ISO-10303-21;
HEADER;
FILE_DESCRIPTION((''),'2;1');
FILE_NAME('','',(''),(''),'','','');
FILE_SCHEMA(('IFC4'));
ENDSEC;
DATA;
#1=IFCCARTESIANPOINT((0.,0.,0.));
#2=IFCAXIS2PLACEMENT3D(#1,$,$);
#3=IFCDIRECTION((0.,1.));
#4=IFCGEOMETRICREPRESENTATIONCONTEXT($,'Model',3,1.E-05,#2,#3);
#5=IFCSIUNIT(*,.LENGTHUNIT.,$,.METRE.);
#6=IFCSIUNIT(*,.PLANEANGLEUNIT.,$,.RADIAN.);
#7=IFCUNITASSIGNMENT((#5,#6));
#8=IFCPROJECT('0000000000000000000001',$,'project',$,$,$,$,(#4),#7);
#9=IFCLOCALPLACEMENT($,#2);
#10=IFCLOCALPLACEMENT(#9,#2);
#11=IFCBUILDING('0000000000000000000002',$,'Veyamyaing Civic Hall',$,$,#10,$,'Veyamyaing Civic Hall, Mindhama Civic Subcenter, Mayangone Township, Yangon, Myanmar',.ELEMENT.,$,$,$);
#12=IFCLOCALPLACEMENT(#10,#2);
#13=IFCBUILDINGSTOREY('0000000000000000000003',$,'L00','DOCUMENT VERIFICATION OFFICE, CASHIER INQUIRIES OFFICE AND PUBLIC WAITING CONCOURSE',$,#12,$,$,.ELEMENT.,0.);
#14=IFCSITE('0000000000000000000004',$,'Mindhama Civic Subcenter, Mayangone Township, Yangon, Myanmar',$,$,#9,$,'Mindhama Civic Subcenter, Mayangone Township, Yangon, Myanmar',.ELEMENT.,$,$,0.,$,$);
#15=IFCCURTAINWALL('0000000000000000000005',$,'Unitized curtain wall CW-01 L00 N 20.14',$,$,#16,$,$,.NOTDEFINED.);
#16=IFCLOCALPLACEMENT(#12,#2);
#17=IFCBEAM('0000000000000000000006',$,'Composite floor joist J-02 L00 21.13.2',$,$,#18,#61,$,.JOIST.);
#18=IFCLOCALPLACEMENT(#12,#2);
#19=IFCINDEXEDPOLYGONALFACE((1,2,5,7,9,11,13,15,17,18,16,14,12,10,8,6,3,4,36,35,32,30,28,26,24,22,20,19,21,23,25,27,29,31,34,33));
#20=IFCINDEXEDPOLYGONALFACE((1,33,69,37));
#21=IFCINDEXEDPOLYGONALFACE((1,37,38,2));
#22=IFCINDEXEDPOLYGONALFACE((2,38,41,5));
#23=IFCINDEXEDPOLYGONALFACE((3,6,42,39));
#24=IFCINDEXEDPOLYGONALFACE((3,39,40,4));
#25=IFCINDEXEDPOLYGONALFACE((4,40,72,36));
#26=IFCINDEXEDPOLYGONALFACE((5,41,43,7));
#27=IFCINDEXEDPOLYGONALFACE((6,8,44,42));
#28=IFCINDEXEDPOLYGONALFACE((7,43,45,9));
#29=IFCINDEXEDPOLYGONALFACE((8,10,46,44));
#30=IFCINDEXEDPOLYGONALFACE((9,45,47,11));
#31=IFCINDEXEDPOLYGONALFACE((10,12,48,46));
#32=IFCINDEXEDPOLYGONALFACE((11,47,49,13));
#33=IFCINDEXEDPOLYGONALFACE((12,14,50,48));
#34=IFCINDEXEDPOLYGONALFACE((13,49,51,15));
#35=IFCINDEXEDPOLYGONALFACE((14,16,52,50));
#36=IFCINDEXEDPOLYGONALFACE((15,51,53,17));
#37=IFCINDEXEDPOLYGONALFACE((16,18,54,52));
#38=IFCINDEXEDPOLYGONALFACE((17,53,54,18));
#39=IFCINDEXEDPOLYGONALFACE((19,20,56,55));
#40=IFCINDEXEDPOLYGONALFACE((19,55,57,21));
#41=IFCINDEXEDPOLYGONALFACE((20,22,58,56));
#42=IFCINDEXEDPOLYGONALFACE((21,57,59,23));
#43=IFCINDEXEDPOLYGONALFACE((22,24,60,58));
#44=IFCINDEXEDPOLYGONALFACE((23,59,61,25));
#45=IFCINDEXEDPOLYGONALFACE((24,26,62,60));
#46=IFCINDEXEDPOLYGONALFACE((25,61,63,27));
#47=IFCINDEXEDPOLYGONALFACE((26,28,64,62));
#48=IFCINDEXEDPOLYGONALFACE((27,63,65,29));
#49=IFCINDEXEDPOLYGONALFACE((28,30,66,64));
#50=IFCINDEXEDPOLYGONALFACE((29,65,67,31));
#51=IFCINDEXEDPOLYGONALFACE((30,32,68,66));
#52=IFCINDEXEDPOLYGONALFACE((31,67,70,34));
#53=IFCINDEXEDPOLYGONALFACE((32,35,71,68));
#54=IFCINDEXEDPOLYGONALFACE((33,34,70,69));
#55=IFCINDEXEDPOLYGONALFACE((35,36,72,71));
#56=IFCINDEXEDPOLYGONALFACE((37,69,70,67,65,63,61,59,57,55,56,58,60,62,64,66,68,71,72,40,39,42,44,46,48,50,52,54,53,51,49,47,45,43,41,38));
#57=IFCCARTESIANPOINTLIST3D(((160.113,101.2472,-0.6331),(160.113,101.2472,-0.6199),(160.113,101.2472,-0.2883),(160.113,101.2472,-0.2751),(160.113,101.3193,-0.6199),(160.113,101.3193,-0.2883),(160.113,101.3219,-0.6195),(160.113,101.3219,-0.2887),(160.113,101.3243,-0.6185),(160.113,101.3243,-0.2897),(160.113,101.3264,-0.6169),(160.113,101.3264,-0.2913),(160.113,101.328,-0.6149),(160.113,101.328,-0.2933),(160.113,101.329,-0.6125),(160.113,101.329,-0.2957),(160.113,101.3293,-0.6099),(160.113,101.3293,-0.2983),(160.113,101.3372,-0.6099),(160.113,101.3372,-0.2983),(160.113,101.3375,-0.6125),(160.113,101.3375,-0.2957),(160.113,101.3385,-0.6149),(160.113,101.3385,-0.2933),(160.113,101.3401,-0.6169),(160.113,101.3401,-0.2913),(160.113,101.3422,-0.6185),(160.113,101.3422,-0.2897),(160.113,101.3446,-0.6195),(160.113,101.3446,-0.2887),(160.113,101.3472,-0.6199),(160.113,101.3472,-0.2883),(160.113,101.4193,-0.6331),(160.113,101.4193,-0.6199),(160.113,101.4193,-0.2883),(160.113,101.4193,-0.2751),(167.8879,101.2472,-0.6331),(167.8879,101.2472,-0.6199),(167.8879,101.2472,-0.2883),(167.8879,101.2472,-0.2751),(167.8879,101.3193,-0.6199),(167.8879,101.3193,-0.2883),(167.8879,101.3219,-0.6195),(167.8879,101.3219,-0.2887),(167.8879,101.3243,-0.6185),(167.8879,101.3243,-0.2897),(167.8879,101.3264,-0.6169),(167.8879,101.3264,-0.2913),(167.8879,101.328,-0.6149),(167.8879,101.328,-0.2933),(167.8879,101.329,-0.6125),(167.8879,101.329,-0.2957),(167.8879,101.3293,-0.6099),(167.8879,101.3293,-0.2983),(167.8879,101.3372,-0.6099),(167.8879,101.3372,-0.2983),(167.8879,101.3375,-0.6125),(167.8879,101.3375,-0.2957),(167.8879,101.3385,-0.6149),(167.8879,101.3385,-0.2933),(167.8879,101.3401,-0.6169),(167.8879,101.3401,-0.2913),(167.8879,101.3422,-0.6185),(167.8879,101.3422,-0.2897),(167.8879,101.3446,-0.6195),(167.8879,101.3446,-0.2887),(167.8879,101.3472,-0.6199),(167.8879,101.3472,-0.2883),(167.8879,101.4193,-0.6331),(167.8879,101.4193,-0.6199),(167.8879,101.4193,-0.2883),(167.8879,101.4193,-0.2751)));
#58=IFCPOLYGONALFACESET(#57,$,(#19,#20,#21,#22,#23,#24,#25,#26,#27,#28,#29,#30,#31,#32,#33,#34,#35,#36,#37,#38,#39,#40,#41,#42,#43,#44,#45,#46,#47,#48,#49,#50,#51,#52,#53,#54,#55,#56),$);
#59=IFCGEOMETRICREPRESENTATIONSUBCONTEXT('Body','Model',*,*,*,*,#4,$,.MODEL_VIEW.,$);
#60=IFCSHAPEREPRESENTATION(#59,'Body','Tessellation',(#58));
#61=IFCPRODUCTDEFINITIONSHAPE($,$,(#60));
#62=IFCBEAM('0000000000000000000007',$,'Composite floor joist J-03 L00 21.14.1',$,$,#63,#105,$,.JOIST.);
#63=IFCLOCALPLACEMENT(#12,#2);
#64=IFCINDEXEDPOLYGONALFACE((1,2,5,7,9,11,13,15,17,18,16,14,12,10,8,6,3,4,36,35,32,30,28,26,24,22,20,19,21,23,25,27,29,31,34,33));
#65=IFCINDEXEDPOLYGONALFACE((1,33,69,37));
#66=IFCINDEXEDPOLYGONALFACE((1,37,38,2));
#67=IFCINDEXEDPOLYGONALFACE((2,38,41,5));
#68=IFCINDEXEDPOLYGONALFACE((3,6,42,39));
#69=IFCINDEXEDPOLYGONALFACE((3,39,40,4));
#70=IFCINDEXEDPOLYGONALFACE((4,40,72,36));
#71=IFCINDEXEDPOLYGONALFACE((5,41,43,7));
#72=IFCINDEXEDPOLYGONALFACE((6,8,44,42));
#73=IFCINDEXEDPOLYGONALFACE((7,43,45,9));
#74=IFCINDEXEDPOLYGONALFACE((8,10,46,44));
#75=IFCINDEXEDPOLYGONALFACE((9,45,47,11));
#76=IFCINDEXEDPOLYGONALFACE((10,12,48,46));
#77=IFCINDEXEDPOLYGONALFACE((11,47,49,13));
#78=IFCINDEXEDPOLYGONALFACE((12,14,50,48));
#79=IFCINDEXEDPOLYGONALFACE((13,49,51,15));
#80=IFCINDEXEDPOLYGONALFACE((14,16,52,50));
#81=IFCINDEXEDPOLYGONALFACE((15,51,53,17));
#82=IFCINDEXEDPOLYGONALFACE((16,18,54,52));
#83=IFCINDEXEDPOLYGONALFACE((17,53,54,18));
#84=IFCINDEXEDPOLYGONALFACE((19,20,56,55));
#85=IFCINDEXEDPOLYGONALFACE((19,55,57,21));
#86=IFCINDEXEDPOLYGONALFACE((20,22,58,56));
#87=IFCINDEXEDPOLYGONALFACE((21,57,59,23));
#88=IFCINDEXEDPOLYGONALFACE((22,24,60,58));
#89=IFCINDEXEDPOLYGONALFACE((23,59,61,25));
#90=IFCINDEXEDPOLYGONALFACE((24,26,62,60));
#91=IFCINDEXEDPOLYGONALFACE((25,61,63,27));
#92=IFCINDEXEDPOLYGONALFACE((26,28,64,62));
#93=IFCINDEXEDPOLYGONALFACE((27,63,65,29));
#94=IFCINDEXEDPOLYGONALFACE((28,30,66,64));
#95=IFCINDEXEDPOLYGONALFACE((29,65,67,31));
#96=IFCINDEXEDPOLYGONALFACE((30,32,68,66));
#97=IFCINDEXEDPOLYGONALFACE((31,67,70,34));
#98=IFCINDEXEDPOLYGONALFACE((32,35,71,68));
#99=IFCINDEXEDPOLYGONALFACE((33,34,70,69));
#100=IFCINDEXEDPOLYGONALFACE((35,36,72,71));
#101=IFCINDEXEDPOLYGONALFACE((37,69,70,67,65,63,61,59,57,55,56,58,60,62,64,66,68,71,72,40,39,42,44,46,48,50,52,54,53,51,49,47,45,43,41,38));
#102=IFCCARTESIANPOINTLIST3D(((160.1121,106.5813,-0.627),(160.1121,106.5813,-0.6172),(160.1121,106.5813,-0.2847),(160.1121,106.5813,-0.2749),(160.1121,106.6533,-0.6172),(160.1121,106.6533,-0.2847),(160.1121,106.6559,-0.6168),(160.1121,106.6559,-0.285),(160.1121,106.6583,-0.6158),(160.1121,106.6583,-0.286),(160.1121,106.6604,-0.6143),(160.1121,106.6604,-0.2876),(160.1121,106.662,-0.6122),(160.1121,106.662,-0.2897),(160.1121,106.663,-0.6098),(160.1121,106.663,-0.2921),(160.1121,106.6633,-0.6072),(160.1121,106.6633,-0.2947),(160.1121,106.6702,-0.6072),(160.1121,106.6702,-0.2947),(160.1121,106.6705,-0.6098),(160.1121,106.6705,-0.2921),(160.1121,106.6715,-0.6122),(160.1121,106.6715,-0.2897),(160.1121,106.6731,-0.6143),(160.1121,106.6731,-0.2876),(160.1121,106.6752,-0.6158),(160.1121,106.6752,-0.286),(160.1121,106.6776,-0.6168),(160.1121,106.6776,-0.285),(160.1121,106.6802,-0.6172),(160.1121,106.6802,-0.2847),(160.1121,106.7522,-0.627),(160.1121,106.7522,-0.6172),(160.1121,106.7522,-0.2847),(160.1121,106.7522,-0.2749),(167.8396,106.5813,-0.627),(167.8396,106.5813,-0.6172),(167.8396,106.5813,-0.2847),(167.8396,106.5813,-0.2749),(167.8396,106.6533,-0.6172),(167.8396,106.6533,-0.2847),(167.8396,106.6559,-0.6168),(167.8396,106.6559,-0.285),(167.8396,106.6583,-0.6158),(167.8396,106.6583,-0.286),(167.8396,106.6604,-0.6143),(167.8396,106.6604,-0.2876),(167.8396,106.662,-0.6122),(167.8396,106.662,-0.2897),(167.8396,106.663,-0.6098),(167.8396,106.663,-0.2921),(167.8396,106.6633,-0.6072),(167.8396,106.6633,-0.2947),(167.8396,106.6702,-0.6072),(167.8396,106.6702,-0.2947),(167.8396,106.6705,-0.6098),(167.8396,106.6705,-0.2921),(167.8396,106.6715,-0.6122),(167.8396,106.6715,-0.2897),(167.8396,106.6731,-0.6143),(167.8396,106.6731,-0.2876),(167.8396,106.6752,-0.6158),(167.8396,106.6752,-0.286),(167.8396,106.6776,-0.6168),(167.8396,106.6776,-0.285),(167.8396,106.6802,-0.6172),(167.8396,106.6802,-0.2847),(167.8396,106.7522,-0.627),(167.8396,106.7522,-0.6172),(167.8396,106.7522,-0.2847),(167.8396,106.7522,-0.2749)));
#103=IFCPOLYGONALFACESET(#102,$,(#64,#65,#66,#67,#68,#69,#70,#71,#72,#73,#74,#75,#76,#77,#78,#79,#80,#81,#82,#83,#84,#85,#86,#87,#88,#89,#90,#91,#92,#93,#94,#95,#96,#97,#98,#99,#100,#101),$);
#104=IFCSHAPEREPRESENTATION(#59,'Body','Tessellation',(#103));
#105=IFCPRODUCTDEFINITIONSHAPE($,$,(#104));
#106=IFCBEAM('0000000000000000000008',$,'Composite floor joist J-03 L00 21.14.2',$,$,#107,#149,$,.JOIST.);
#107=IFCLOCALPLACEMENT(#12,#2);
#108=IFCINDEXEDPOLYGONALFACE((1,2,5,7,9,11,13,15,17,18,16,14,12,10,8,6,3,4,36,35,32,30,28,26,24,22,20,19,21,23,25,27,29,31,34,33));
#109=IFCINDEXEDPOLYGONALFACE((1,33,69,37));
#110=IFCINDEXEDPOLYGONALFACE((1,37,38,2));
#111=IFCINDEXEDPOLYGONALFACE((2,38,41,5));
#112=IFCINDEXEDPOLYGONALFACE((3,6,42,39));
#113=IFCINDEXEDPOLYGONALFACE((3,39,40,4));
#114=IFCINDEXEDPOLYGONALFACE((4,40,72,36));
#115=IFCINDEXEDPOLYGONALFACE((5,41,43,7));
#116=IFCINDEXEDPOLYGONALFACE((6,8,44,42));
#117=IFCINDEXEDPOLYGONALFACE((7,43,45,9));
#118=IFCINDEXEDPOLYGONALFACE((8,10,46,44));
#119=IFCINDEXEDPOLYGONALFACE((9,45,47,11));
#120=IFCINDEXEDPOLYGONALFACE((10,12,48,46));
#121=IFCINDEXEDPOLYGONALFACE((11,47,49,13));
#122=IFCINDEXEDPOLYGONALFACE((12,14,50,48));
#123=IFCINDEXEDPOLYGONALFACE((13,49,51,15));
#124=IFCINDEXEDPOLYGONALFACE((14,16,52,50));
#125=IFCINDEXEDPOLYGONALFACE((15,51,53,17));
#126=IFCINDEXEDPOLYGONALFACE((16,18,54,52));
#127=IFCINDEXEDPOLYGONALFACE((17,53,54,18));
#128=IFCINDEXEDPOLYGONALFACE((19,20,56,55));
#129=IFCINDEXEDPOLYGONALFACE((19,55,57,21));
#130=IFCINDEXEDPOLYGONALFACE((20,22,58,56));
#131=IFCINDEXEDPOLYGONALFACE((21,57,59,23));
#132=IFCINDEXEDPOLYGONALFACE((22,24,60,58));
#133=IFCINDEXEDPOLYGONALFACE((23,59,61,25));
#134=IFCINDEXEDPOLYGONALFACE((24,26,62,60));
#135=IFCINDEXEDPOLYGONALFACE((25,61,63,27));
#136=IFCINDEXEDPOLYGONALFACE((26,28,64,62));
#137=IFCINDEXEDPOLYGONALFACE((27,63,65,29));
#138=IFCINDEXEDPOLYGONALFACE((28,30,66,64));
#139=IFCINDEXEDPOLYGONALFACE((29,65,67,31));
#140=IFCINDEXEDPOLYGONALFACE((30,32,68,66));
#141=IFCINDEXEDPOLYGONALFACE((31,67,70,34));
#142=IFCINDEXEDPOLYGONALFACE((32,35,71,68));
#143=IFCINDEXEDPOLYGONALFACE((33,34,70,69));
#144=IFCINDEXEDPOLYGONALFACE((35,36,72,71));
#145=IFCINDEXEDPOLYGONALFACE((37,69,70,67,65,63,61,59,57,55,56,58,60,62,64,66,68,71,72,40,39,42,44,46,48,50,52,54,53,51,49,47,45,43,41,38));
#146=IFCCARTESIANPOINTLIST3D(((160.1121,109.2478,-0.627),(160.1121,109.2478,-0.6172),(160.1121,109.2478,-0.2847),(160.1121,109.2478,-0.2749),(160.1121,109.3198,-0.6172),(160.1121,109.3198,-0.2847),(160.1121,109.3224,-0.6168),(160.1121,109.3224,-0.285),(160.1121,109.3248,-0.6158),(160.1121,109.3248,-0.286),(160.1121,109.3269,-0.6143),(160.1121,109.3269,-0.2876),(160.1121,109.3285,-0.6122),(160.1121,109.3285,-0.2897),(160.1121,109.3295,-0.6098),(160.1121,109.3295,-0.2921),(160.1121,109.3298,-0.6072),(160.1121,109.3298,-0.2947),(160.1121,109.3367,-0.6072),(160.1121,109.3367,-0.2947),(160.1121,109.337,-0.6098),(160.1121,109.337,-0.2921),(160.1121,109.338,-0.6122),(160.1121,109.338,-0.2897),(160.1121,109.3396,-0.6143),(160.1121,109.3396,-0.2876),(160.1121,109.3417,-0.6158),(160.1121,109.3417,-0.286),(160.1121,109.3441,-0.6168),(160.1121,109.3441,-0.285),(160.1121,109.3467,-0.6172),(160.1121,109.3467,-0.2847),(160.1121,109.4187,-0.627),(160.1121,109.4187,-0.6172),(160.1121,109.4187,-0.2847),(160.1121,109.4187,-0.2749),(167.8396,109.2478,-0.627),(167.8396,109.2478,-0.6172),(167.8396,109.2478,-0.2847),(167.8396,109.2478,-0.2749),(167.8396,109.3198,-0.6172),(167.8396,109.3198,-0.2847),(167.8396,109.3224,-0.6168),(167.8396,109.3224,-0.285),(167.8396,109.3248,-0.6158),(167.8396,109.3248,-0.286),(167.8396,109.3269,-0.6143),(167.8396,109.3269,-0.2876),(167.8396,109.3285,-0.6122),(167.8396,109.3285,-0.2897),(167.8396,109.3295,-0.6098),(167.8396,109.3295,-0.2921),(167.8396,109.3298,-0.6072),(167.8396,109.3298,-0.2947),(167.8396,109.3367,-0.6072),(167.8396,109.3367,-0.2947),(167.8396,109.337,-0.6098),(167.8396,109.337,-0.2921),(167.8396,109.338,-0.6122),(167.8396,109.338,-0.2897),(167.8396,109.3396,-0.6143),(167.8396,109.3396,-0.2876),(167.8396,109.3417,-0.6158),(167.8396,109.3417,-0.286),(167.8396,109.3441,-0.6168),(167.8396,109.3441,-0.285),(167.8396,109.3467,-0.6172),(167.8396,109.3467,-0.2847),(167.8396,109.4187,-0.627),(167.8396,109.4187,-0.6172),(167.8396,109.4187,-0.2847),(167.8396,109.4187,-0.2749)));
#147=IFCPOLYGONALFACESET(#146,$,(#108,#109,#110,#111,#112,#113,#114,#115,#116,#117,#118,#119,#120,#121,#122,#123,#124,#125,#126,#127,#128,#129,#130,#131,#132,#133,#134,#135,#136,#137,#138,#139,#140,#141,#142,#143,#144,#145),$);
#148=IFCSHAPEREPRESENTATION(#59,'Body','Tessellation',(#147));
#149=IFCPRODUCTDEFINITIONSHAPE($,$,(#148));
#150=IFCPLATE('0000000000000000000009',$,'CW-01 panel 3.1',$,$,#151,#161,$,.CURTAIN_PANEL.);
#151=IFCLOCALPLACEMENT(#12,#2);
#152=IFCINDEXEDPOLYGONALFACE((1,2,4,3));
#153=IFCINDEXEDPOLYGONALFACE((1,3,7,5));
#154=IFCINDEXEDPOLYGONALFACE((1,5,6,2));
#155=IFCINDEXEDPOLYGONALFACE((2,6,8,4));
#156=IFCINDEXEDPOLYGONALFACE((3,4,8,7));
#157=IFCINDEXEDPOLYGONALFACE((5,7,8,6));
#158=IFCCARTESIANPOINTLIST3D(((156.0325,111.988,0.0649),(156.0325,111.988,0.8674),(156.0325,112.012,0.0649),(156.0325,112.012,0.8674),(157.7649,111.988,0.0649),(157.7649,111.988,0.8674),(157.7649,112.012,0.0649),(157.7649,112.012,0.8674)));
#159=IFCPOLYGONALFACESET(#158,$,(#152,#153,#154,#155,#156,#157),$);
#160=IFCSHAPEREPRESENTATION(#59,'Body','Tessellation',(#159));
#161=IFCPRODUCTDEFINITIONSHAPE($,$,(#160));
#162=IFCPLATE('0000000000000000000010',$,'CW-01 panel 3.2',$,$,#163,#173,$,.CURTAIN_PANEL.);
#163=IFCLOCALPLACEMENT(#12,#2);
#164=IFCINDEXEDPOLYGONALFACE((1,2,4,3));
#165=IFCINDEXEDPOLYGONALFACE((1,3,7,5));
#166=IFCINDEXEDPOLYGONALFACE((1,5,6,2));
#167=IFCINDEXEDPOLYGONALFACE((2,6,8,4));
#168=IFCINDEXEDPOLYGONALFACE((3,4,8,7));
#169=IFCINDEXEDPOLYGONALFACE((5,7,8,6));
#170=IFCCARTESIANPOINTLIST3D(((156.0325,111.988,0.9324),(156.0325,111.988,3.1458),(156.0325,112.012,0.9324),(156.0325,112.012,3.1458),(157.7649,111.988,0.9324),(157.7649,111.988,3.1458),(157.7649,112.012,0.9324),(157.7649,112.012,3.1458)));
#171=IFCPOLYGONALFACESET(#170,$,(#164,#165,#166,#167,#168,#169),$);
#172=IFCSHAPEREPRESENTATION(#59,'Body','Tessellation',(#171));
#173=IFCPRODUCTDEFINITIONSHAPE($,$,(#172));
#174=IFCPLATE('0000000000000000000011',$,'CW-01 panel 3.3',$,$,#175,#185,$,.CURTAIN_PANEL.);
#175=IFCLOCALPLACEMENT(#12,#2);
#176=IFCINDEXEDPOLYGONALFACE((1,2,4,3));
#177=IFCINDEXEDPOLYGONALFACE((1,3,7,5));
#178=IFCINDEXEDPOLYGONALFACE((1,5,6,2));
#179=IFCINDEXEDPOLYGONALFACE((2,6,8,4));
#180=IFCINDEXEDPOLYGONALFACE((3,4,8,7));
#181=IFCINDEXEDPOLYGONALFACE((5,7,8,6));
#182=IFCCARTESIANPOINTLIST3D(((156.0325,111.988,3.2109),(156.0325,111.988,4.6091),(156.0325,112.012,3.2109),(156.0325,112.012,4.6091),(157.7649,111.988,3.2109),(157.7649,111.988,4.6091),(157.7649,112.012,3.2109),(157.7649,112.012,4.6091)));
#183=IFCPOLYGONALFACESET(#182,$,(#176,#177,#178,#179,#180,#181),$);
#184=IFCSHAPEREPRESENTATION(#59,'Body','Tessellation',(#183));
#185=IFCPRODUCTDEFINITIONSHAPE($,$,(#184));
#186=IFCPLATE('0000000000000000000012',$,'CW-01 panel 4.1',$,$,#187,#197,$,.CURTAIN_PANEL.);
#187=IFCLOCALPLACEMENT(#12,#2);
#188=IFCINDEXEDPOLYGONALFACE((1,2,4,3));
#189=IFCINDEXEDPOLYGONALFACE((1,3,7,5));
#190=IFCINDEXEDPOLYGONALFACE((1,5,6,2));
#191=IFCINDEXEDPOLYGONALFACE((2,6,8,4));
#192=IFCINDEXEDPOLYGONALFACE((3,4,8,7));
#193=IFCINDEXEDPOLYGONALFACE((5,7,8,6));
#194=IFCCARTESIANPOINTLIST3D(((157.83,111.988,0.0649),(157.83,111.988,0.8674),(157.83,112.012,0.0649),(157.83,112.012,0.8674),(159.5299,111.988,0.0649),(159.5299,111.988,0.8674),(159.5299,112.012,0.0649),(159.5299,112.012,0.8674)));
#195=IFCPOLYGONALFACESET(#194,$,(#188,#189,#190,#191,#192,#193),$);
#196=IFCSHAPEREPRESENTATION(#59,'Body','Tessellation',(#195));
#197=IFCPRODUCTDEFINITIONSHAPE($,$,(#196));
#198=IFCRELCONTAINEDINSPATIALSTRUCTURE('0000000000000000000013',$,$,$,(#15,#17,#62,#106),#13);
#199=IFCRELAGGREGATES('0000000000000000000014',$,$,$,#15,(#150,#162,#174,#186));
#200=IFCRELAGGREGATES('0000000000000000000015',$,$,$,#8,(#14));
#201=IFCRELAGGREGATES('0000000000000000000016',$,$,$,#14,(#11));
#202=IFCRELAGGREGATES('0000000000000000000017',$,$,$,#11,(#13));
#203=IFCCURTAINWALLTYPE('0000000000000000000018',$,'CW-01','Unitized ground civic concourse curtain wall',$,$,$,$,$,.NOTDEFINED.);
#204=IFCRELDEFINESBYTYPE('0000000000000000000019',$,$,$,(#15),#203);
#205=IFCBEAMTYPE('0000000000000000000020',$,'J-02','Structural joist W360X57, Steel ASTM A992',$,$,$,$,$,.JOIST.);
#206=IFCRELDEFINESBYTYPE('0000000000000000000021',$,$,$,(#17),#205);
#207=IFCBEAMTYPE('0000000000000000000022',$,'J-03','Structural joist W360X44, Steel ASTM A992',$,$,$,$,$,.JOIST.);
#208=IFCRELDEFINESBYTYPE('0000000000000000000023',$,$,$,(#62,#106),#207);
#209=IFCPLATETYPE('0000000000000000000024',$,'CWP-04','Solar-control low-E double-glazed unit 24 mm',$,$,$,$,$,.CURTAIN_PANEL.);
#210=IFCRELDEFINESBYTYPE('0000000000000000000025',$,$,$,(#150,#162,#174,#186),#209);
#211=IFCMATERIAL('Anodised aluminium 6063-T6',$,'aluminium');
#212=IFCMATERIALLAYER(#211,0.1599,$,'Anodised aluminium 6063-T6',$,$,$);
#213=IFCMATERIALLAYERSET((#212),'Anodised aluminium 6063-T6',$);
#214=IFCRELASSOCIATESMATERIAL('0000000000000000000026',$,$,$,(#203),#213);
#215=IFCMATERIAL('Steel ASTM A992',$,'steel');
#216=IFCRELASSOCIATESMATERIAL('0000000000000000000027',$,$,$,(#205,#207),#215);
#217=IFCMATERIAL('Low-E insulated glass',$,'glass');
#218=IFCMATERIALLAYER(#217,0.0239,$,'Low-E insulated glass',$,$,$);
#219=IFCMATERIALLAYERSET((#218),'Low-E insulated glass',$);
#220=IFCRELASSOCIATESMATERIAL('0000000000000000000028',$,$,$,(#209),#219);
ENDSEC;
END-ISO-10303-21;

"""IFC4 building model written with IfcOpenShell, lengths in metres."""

from ifc_helpers import new_model, si_unit, direction, frame, origin, origin_2d, place, context, subcontext, project, spatial, rectangle, i_section, extrude, material, layer, layer_set, material_profile, profile_set, type_object, element, aggregate, save


model = new_model("IFC4")

# Units and contexts
model_context = context("Model", 3, precision=1e-05, world=origin(), true_north=direction((0.0, 1.0)))
body_context = subcontext(model_context, "Body", "Model", "MODEL_VIEW")
ifc_project = project(units=[si_unit("LENGTHUNIT", "METRE"), si_unit("PLANEANGLEUNIT", "RADIAN")], contexts=[model_context])

# Site, building, storey
site_placement = place(None, origin())
site = spatial("IfcSite", under=ifc_project, at=site_placement, Name="Mindhama Civic Subcenter, Mayangone Township, Yangon, Myanmar", LongName="Mindhama Civic Subcenter, Mayangone Township, Yangon, Myanmar", CompositionType="ELEMENT", RefElevation=0.0)
building_placement = place(site_placement, origin())
building = spatial("IfcBuilding", under=site, at=building_placement, Name="Veyamyaing Civic Hall", LongName="Veyamyaing Civic Hall, Mindhama Civic Subcenter, Mayangone Township, Yangon, Myanmar", CompositionType="ELEMENT")
storey_placement = place(building_placement, origin())
storey = spatial("IfcBuildingStorey", under=building, at=storey_placement, Name="L00", Description="DOCUMENT VERIFICATION OFFICE, CASHIER INQUIRIES OFFICE AND PUBLIC WAITING CONCOURSE", CompositionType="ELEMENT", Elevation=0.0)

# Shared definitions
ifc_material_1 = material(Name="Steel ASTM A992", Category="steel")

# Curtain wall
ifc_material_2 = material(Name="Anodised aluminium 6063-T6", Category="aluminium")
ifc_layer_1 = layer(ifc_material_2, 0.1599, Name="Anodised aluminium 6063-T6")
ifc_layer_set_1 = layer_set([ifc_layer_1], Name="Anodised aluminium 6063-T6")
curtain_wall_type = type_object("IfcCurtainWallType", Name="CW-01", Description="Unitized ground civic concourse curtain wall", PredefinedType="NOTDEFINED", material=ifc_layer_set_1)
curtain_wall_placement = place(storey_placement, origin())
curtain_wall = element("IfcCurtainWall", 1, at=curtain_wall_placement, inside=storey, type_object=curtain_wall_type, Name="Unitized curtain wall CW-01 L00 N 20.14", PredefinedType="NOTDEFINED")

# Beams
ifc_material_profile_1 = material_profile(ifc_material_1, i_section(OverallWidth=0.1721, OverallDepth=0.3579, WebThickness=0.0078, FlangeThickness=0.0132, FilletRadius=0.01, at=origin_2d()), Name="W360X57")
ifc_profile_set_1 = profile_set([ifc_material_profile_1], Name="Steel ASTM A992")
beam_type_1 = type_object("IfcBeamType", Name="J-02", Description="Structural joist W360X57, Steel ASTM A992", PredefinedType="JOIST", material=ifc_profile_set_1)
for number, where, z_axis, x_axis, name in (
    (2, (160.113, 101.3333, -0.4541), (1.0, 0.0, 0.0), (0.0, 1.0, 0.0), "Composite floor joist J-02 L00 21.13.2"),
):
    element("IfcBeam", number, at=place(storey_placement, frame(where, z_axis=z_axis, x_axis=x_axis)), inside=storey, type_object=beam_type_1, Name=name, PredefinedType="JOIST", context=body_context, shape_type="SweptSolid", body=[
        extrude(i_section(OverallWidth=0.1721, OverallDepth=0.3579, WebThickness=0.0078, FlangeThickness=0.0132, FilletRadius=0.01, at=origin_2d()), origin(), (0.0, 0.0, 1.0), 7.7749),
    ])
ifc_material_profile_2 = material_profile(ifc_material_1, i_section(OverallWidth=0.1709, OverallDepth=0.3521, WebThickness=0.0068, FlangeThickness=0.0098, FilletRadius=0.01, at=origin_2d()), Name="W360X44")
ifc_profile_set_2 = profile_set([ifc_material_profile_2], Name="Steel ASTM A992")
beam_type_2 = type_object("IfcBeamType", Name="J-03", Description="Structural joist W360X44, Steel ASTM A992", PredefinedType="JOIST", material=ifc_profile_set_2)
for number, where, z_axis, x_axis, name in (
    (3, (160.1121, 106.6667, -0.4509), (1.0, 0.0, 0.0), (0.0, 1.0, 0.0), "Composite floor joist J-03 L00 21.14.1"),
    (4, (160.1121, 109.3333, -0.4509), (1.0, 0.0, 0.0), (0.0, 1.0, 0.0), "Composite floor joist J-03 L00 21.14.2"),
):
    element("IfcBeam", number, at=place(storey_placement, frame(where, z_axis=z_axis, x_axis=x_axis)), inside=storey, type_object=beam_type_2, Name=name, PredefinedType="JOIST", context=body_context, shape_type="SweptSolid", body=[
        extrude(i_section(OverallWidth=0.1709, OverallDepth=0.3521, WebThickness=0.0068, FlangeThickness=0.0098, FilletRadius=0.01, at=origin_2d()), origin(), (0.0, 0.0, 1.0), 7.7275),
    ])

# Plates
ifc_material_3 = material(Name="Low-E insulated glass", Category="glass")
ifc_layer_2 = layer(ifc_material_3, 0.0239, Name="Low-E insulated glass")
ifc_layer_set_2 = layer_set([ifc_layer_2], Name="Low-E insulated glass")
plate_type = type_object("IfcPlateType", Name="CWP-04", Description="Solar-control low-E double-glazed unit 24 mm", PredefinedType="CURTAIN_PANEL", material=ifc_layer_set_2)
plate_1_placement = place(storey_placement, frame((156.8987, 112.0, 0.0649), z_axis=(0.0, 0.0, 1.0), x_axis=(1.0, 0.0, 0.0)))
plate_1 = element("IfcPlate", 5, at=plate_1_placement, type_object=plate_type, Name="CW-01 panel 3.1", PredefinedType="CURTAIN_PANEL", context=body_context, shape_type="SweptSolid", body=[
    extrude(rectangle(XDim=1.7324, YDim=0.0239, at=origin_2d()), origin(), (0.0, 0.0, 1.0), 0.8025),
])
plate_2_placement = place(storey_placement, frame((156.8987, 112.0, 0.9324), z_axis=(0.0, 0.0, 1.0), x_axis=(1.0, 0.0, 0.0)))
plate_2 = element("IfcPlate", 6, at=plate_2_placement, type_object=plate_type, Name="CW-01 panel 3.2", PredefinedType="CURTAIN_PANEL", context=body_context, shape_type="SweptSolid", body=[
    extrude(rectangle(XDim=1.7324, YDim=0.0239, at=origin_2d()), origin(), (0.0, 0.0, 1.0), 2.2134),
])
plate_3_placement = place(storey_placement, frame((156.8987, 112.0, 3.2109), z_axis=(0.0, 0.0, 1.0), x_axis=(1.0, 0.0, 0.0)))
plate_3 = element("IfcPlate", 7, at=plate_3_placement, type_object=plate_type, Name="CW-01 panel 3.3", PredefinedType="CURTAIN_PANEL", context=body_context, shape_type="SweptSolid", body=[
    extrude(rectangle(XDim=1.7324, YDim=0.0239, at=origin_2d()), origin(), (0.0, 0.0, 1.0), 1.3982),
])
plate_4_placement = place(storey_placement, frame((158.6799, 112.0, 0.0649), z_axis=(0.0, 0.0, 1.0), x_axis=(1.0, 0.0, 0.0)))
plate_4 = element("IfcPlate", 8, at=plate_4_placement, type_object=plate_type, Name="CW-01 panel 4.1", PredefinedType="CURTAIN_PANEL", context=body_context, shape_type="SweptSolid", body=[
    extrude(rectangle(XDim=1.7, YDim=0.0239, at=origin_2d()), origin(), (0.0, 0.0, 1.0), 0.8025),
])
aggregate(curtain_wall, [plate_1, plate_2, plate_3, plate_4])

save(model, "model.ifc")
